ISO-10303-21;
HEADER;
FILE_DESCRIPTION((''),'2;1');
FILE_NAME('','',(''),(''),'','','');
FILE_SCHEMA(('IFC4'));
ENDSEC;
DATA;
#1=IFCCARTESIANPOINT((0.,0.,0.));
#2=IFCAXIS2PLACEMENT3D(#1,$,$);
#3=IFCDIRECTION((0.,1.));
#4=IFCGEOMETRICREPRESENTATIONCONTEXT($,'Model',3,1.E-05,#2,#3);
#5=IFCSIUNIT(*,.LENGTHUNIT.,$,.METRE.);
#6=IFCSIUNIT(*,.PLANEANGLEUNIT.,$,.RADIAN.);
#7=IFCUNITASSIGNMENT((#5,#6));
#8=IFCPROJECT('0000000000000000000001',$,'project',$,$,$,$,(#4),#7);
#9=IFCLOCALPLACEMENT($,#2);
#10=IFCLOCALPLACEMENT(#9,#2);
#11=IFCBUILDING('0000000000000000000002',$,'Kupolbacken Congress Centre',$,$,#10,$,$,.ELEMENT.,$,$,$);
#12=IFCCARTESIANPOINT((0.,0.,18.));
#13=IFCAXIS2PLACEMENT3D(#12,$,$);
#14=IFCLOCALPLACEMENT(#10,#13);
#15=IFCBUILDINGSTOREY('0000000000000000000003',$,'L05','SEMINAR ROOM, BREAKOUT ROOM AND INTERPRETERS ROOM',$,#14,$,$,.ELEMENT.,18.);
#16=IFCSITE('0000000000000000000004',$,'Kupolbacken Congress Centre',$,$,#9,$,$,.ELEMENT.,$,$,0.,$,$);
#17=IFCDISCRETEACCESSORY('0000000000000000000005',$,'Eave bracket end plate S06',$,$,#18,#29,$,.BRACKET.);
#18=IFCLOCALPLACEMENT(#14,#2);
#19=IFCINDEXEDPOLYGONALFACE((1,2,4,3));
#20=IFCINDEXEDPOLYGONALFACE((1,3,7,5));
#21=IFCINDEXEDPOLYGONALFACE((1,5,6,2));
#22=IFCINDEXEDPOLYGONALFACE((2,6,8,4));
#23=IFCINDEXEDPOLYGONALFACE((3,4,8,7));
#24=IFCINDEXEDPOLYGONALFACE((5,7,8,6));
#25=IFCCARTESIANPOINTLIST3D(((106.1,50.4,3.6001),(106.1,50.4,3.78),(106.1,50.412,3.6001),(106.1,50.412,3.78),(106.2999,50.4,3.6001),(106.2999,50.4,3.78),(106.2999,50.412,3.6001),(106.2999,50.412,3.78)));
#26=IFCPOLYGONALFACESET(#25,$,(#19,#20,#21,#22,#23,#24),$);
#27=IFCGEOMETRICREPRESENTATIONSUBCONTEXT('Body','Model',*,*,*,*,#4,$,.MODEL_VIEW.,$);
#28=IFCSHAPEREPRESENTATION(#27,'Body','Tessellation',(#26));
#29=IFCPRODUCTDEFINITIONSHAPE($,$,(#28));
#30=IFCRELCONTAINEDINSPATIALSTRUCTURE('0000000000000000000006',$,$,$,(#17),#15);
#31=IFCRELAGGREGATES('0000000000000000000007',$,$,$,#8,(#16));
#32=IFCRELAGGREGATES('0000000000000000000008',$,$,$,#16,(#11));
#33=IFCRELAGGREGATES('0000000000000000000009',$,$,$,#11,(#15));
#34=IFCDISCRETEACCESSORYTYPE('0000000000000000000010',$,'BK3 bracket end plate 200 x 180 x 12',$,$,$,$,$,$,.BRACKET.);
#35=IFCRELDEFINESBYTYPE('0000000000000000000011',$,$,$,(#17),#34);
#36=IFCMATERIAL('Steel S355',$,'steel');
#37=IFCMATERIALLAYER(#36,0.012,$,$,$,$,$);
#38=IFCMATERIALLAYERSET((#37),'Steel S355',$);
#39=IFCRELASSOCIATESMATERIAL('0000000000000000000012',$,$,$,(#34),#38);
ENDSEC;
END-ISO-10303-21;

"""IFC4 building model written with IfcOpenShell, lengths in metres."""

from ifc_helpers import new_model, si_unit, direction, frame, origin, origin_2d, place, context, subcontext, project, spatial, rectangle, extrude, material, layer, layer_set, type_object, element, save


model = new_model("IFC4")

# Units and contexts
model_context = context("Model", 3, precision=1e-05, world=origin(), true_north=direction((0.0, 1.0)))
body_context = subcontext(model_context, "Body", "Model", "MODEL_VIEW")
ifc_project = project(units=[si_unit("LENGTHUNIT", "METRE"), si_unit("PLANEANGLEUNIT", "RADIAN")], contexts=[model_context])

# Site, building, storey
site_placement = place(None, origin())
site = spatial("IfcSite", under=ifc_project, at=site_placement, Name="Kupolbacken Congress Centre", CompositionType="ELEMENT", RefElevation=0.0)
building_placement = place(site_placement, origin())
building = spatial("IfcBuilding", under=site, at=building_placement, Name="Kupolbacken Congress Centre", CompositionType="ELEMENT")
storey_placement = place(building_placement, frame((0.0, 0.0, 18.0)))
storey = spatial("IfcBuildingStorey", under=building, at=storey_placement, Name="L05", Description="SEMINAR ROOM, BREAKOUT ROOM AND INTERPRETERS ROOM", CompositionType="ELEMENT", Elevation=18.0)

# Discrete accessory
ifc_material_1 = material(Name="Steel S355", Category="steel")
ifc_layer_1 = layer(ifc_material_1, 0.012)
ifc_layer_set_1 = layer_set([ifc_layer_1], Name="Steel S355")
discrete_accessory_type = type_object("IfcDiscreteAccessoryType", Name="BK3 bracket end plate 200 x 180 x 12", PredefinedType="BRACKET", material=ifc_layer_set_1)
for number, where, z_axis, x_axis, name in (
    (1, (106.2, 50.406, 3.6001), (0.0, 0.0, 1.0), (1.0, 0.0, 0.0), "Eave bracket end plate S06"),
):
    element("IfcDiscreteAccessory", number, at=place(storey_placement, frame(where, z_axis=z_axis, x_axis=x_axis)), inside=storey, type_object=discrete_accessory_type, Name=name, PredefinedType="BRACKET", context=body_context, shape_type="SweptSolid", body=[
        extrude(rectangle(XDim=0.2, YDim=0.012, at=origin_2d()), origin(), (0.0, 0.0, 1.0), 0.1799),
    ])

save(model, "model.ifc")
